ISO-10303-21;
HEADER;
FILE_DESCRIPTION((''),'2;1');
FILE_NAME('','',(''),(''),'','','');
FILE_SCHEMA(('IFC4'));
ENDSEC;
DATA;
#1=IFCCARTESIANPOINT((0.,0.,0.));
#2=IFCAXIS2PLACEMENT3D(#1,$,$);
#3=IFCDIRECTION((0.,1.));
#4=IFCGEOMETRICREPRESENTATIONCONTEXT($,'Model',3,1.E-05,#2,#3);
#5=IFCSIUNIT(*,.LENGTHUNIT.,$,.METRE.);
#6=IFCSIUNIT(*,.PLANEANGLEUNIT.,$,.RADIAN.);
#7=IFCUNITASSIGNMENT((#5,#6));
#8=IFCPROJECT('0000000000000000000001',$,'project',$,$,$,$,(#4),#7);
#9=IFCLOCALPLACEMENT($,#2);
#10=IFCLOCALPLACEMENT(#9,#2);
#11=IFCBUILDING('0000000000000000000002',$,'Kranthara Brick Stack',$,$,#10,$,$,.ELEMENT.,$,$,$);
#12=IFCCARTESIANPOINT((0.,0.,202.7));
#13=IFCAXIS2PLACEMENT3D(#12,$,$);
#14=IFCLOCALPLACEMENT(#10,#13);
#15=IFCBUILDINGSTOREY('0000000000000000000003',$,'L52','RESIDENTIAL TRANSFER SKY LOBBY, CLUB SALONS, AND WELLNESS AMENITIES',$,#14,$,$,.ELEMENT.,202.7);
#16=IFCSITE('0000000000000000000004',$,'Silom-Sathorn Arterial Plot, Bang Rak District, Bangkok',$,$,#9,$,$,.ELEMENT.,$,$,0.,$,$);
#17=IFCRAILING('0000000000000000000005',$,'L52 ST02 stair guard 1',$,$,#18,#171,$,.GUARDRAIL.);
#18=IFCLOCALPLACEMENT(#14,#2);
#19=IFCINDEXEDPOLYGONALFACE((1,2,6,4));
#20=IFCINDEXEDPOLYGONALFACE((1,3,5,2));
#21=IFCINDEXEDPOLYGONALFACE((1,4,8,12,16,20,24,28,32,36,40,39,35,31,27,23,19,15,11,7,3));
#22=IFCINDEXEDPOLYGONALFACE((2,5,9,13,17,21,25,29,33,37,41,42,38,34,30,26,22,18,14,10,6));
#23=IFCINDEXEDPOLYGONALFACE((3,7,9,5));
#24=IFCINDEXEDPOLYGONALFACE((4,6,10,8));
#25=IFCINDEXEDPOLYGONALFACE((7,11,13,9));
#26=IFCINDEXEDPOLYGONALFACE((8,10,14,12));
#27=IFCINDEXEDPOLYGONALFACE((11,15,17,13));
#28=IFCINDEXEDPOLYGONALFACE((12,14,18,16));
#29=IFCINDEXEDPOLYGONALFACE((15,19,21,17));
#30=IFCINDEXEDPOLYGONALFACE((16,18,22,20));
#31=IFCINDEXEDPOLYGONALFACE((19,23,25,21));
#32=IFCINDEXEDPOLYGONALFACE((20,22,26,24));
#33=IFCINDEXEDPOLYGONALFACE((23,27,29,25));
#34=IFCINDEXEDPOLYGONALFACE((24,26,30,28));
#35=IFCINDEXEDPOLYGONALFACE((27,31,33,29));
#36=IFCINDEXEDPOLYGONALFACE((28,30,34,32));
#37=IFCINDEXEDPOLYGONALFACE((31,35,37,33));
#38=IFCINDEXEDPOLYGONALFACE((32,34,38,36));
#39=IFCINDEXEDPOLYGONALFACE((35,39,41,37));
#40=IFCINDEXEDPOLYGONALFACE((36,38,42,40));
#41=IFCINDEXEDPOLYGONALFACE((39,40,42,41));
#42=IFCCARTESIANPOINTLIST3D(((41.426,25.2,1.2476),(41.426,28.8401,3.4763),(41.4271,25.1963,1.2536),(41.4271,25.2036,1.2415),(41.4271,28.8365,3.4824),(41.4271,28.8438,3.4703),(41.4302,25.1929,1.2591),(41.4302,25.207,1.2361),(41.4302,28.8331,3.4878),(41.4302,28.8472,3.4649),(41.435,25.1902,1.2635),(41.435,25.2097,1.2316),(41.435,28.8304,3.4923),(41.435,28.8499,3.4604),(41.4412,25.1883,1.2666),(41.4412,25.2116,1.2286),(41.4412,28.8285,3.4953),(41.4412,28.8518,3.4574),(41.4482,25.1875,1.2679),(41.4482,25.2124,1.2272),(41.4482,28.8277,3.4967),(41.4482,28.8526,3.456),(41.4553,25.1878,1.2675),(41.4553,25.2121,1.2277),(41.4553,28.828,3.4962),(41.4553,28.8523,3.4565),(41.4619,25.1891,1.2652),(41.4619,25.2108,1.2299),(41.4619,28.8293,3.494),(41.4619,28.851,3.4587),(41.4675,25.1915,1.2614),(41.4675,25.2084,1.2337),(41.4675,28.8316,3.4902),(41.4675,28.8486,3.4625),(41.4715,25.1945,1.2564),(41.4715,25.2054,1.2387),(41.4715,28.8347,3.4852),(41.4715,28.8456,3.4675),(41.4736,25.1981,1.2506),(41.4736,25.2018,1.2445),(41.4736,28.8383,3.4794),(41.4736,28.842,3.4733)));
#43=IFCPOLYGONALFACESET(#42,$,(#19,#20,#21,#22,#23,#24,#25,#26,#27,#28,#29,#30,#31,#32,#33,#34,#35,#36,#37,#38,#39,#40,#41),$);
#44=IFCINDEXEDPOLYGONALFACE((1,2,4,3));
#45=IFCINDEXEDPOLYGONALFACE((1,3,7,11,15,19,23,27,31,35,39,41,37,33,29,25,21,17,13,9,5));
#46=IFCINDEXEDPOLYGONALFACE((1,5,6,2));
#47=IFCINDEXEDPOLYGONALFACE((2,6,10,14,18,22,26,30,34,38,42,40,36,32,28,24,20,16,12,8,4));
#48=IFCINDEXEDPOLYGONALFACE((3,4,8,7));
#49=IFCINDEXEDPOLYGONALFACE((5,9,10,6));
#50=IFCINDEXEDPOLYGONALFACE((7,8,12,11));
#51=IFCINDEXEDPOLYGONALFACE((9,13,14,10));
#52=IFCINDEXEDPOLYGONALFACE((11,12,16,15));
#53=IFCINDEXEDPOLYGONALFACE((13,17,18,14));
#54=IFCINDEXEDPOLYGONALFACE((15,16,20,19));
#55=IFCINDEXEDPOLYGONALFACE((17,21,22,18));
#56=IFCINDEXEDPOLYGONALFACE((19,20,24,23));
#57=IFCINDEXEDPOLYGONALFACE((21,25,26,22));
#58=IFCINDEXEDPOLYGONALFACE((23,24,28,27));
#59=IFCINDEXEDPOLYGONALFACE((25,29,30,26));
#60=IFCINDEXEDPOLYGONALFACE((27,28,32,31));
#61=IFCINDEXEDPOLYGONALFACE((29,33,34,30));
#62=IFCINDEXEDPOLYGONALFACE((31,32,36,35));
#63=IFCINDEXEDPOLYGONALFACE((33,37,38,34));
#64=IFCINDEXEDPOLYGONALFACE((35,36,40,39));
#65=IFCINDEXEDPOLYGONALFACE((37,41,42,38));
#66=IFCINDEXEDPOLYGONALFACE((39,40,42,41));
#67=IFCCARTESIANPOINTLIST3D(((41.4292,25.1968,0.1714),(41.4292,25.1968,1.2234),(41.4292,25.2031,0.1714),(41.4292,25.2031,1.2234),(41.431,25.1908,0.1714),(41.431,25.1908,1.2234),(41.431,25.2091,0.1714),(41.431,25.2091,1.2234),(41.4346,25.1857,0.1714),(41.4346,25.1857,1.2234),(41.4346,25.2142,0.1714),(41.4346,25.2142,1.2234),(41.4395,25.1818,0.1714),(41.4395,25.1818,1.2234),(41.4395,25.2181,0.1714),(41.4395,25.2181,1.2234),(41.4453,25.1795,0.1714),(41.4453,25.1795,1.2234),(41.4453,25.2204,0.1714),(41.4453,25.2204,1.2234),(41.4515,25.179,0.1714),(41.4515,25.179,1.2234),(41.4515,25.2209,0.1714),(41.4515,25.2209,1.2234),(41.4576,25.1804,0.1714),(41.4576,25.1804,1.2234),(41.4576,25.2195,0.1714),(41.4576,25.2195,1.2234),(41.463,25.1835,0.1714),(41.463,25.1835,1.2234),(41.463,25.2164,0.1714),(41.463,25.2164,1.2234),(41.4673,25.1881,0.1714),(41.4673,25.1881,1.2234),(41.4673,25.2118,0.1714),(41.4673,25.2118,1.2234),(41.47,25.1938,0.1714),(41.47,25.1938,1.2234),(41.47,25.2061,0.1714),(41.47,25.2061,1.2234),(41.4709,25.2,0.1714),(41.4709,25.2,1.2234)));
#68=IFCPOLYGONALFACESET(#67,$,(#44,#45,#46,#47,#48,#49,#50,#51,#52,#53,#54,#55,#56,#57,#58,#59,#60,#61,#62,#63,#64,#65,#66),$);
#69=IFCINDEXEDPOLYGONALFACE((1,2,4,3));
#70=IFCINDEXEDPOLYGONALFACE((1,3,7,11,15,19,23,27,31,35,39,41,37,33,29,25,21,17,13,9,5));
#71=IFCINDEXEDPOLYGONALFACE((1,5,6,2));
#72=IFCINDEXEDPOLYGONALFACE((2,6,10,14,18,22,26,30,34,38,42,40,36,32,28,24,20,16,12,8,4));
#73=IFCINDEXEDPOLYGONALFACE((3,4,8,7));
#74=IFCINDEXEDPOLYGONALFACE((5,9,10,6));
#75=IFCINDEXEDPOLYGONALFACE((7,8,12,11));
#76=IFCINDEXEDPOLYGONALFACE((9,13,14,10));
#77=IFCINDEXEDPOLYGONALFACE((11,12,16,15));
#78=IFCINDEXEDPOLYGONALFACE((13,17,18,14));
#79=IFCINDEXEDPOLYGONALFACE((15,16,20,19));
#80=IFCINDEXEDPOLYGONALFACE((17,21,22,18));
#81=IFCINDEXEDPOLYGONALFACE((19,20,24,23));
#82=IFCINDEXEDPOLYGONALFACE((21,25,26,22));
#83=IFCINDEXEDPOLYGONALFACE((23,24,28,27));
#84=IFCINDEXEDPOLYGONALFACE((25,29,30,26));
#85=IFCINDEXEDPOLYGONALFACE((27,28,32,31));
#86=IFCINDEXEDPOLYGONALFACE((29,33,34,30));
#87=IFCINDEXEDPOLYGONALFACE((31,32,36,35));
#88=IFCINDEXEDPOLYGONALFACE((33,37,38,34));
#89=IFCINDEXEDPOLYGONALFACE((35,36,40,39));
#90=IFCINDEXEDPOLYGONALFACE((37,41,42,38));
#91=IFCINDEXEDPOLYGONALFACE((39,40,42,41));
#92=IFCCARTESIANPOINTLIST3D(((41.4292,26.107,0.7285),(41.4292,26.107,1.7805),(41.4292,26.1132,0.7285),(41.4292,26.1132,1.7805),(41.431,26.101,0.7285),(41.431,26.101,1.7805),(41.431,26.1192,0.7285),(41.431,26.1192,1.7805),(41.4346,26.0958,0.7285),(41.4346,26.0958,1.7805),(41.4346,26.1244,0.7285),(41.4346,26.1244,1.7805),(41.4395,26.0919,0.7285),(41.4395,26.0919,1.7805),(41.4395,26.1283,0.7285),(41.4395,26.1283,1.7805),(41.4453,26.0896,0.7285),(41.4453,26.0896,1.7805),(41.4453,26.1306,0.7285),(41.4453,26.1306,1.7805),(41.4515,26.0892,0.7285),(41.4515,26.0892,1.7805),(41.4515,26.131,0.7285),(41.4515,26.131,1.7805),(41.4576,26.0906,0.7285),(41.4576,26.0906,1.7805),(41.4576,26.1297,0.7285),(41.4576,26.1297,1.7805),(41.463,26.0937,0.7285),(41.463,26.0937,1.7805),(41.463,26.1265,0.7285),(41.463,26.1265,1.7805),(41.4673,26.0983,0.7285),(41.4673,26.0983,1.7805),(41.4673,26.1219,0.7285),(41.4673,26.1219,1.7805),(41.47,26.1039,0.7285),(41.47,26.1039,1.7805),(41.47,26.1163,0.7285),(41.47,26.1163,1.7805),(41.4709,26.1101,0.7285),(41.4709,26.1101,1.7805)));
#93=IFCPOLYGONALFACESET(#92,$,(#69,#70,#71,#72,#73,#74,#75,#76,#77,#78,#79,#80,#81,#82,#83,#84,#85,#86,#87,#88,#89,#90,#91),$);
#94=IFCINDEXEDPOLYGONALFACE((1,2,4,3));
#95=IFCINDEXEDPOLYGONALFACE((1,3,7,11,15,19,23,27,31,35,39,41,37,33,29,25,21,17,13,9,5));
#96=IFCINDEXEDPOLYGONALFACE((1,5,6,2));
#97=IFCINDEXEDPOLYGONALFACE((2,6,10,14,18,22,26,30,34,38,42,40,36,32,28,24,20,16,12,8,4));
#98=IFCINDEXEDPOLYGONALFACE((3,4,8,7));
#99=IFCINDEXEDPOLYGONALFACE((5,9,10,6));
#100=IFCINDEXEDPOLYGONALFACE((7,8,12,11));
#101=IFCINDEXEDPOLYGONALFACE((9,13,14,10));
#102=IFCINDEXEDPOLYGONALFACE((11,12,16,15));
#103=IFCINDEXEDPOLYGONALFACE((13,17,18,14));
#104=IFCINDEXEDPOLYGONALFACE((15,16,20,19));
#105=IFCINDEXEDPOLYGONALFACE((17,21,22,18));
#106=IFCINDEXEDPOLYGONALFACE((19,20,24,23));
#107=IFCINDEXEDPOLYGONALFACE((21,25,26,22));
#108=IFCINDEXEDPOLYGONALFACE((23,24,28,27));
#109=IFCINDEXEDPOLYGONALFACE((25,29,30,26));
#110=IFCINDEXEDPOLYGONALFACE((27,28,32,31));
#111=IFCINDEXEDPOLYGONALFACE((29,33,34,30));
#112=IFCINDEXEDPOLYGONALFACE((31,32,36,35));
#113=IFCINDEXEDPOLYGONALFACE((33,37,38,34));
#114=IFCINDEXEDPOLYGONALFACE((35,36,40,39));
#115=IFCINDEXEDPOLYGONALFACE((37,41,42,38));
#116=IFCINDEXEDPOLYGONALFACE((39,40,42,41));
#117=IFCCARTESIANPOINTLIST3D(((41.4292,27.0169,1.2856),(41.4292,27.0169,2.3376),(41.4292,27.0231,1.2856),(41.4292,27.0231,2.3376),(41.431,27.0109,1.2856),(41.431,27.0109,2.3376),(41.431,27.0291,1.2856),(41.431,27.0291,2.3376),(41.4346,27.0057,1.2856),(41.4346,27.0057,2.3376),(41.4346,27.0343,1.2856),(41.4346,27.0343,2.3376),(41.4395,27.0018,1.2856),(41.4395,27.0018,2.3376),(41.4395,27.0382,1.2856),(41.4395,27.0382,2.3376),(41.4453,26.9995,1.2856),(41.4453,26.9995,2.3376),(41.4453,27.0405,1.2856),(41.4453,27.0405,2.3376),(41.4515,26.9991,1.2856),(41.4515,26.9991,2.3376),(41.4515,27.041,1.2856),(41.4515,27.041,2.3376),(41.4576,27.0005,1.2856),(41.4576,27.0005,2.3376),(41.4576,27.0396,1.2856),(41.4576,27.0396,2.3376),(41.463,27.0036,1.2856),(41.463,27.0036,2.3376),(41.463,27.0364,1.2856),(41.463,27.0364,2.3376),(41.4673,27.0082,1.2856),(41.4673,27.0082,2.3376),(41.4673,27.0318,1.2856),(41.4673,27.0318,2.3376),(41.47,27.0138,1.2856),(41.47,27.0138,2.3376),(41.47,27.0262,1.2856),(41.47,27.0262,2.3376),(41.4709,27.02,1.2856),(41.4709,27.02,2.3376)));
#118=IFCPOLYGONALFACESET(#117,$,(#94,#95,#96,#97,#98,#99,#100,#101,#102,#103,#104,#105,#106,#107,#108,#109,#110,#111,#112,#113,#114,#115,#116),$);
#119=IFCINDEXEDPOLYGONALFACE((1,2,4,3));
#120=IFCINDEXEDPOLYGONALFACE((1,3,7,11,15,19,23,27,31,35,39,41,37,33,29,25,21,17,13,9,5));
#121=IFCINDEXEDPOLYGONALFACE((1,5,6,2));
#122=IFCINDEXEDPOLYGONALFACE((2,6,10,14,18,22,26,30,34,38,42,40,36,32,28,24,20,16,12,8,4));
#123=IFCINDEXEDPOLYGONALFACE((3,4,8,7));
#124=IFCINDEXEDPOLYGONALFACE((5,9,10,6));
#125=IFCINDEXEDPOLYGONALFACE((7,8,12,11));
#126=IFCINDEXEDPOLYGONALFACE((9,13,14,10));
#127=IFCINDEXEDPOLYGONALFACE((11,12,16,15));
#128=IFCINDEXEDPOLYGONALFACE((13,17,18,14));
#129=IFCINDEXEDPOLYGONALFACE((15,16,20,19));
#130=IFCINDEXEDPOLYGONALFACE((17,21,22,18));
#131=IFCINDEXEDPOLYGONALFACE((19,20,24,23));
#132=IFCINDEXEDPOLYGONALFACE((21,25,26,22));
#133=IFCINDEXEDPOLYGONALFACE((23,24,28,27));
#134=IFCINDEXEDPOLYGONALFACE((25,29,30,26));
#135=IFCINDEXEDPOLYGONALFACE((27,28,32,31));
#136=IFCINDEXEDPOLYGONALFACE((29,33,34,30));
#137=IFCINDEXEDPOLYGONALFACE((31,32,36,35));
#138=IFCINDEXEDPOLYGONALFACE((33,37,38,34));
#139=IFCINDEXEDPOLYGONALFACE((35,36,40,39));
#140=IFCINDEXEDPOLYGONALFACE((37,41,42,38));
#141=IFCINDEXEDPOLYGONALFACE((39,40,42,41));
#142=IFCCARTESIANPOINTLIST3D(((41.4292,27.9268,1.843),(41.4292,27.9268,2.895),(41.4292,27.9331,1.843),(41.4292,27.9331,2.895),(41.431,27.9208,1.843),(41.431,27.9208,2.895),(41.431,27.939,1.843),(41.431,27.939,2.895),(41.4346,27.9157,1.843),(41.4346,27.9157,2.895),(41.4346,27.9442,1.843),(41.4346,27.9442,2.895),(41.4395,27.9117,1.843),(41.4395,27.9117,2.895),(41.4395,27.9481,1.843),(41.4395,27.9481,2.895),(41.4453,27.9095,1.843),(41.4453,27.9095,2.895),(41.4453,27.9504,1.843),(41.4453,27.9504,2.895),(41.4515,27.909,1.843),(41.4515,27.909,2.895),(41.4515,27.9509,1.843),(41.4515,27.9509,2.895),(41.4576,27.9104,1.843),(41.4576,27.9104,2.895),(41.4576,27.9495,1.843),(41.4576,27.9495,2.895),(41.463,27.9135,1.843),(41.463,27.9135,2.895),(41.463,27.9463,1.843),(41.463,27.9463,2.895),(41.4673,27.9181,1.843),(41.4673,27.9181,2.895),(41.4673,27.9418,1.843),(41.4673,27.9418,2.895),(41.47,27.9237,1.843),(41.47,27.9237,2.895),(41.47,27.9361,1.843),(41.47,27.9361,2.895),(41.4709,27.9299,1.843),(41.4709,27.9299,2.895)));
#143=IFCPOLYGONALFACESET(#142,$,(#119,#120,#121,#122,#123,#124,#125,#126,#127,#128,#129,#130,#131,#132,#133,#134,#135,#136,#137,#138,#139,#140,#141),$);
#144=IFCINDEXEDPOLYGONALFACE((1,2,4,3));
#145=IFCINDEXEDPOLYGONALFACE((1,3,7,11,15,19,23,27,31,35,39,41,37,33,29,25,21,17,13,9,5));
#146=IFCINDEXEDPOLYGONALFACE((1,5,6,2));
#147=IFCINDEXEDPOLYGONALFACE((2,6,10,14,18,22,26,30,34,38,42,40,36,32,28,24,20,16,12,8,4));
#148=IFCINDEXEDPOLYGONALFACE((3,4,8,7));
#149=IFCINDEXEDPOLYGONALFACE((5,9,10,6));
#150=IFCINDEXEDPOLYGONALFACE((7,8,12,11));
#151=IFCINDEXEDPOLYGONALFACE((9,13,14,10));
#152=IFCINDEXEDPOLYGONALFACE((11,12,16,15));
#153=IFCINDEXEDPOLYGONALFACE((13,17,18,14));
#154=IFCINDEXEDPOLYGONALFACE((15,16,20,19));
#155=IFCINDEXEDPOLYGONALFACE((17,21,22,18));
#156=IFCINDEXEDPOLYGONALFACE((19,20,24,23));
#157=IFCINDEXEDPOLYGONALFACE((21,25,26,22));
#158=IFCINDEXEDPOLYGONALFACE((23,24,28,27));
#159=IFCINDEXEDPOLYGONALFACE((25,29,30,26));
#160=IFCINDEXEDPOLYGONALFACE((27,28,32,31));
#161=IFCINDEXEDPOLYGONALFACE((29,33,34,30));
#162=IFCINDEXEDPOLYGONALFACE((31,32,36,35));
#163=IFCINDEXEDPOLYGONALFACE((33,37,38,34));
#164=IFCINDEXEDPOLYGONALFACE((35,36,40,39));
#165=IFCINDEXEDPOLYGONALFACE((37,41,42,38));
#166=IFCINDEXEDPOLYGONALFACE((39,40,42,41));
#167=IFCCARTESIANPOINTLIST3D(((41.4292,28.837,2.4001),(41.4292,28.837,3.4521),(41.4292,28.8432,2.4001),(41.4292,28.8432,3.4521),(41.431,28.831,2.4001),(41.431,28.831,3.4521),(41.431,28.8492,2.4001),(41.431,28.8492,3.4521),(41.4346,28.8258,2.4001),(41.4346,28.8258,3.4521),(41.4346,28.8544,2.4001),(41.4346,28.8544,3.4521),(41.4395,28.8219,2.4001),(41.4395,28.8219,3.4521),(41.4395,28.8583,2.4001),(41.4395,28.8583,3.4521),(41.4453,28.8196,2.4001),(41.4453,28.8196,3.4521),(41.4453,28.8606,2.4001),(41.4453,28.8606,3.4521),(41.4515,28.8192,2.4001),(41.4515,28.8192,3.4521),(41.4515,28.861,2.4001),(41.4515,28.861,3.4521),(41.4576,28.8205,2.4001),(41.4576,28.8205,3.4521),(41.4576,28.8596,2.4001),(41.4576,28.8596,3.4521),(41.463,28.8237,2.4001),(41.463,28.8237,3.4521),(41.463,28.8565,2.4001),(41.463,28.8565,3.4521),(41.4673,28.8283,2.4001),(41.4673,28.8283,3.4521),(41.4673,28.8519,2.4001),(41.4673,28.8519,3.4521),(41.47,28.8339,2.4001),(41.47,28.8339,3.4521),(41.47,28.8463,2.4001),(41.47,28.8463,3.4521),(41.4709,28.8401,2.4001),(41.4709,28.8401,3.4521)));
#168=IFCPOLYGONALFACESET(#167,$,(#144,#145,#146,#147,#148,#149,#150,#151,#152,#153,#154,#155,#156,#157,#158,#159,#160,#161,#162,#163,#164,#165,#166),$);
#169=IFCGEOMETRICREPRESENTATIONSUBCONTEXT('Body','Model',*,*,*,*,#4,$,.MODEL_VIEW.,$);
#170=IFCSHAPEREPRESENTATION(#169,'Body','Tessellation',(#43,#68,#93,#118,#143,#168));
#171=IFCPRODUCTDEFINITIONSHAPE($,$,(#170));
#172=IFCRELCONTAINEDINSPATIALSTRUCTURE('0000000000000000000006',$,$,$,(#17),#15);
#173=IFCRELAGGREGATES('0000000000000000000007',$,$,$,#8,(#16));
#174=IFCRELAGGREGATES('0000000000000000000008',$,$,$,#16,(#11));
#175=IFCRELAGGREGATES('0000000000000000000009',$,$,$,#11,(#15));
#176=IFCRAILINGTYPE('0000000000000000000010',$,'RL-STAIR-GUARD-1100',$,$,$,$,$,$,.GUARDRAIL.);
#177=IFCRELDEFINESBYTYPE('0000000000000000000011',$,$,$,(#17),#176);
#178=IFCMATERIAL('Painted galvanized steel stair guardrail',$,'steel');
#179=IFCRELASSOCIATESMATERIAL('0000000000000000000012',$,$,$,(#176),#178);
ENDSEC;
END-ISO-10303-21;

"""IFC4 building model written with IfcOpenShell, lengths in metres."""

from ifc_helpers import new_model, si_unit, direction, frame, origin, origin_2d, place, context, subcontext, project, spatial, circle, extrude, material, type_object, element, save


model = new_model("IFC4")

# Units and contexts
model_context = context("Model", 3, precision=1e-05, world=origin(), true_north=direction((0.0, 1.0)))
body_context = subcontext(model_context, "Body", "Model", "MODEL_VIEW")
ifc_project = project(units=[si_unit("LENGTHUNIT", "METRE"), si_unit("PLANEANGLEUNIT", "RADIAN")], contexts=[model_context])

# Site, building, storey
site_placement = place(None, origin())
site = spatial("IfcSite", under=ifc_project, at=site_placement, Name="Silom-Sathorn Arterial Plot, Bang Rak District, Bangkok", CompositionType="ELEMENT", RefElevation=0.0)
building_placement = place(site_placement, origin())
building = spatial("IfcBuilding", under=site, at=building_placement, Name="Kranthara Brick Stack", CompositionType="ELEMENT")
storey_placement = place(building_placement, frame((0.0, 0.0, 202.7)))
storey = spatial("IfcBuildingStorey", under=building, at=storey_placement, Name="L52", Description="RESIDENTIAL TRANSFER SKY LOBBY, CLUB SALONS, AND WELLNESS AMENITIES", CompositionType="ELEMENT", Elevation=202.7)

# Railing
ifc_material_1 = material(Name="Painted galvanized steel stair guardrail", Category="steel")
railing_type_1 = type_object("IfcRailingType", Name="RL-STAIR-GUARD-1100", PredefinedType="GUARDRAIL", material=ifc_material_1)
railing_1_placement = place(storey_placement, frame((41.45, 25.2, 0.1714)))
element("IfcRailing", 1, at=railing_1_placement, inside=storey, type_object=railing_type_1, Name="L52 ST02 stair guard 1", PredefinedType="GUARDRAIL", context=body_context, shape_type="SweptSolid", body=[
    extrude(circle(Radius=0.0239, at=origin_2d()), frame((0.0, 0.0, 1.0762), z_axis=(0.0, 0.85284, 0.522172), x_axis=(-1.0, 0.0, 0.0)), (0.0, 0.0, 1.0), 4.2683),
    extrude(circle(Radius=0.021, at=origin_2d()), origin(), (0.0, 0.0, 1.0), 1.052),
    extrude(circle(Radius=0.021, at=origin_2d()), frame((0.0, 0.9102, 0.5571)), (0.0, 0.0, 1.0), 1.052),
    extrude(circle(Radius=0.021, at=origin_2d()), frame((0.0, 1.8201, 1.1143)), (0.0, 0.0, 1.0), 1.052),
    extrude(circle(Radius=0.021, at=origin_2d()), frame((0.0, 2.73, 1.6716)), (0.0, 0.0, 1.0), 1.052),
    extrude(circle(Radius=0.021, at=origin_2d()), frame((0.0, 3.6401, 2.2288)), (0.0, 0.0, 1.0), 1.052),
])

save(model, "model.ifc")
